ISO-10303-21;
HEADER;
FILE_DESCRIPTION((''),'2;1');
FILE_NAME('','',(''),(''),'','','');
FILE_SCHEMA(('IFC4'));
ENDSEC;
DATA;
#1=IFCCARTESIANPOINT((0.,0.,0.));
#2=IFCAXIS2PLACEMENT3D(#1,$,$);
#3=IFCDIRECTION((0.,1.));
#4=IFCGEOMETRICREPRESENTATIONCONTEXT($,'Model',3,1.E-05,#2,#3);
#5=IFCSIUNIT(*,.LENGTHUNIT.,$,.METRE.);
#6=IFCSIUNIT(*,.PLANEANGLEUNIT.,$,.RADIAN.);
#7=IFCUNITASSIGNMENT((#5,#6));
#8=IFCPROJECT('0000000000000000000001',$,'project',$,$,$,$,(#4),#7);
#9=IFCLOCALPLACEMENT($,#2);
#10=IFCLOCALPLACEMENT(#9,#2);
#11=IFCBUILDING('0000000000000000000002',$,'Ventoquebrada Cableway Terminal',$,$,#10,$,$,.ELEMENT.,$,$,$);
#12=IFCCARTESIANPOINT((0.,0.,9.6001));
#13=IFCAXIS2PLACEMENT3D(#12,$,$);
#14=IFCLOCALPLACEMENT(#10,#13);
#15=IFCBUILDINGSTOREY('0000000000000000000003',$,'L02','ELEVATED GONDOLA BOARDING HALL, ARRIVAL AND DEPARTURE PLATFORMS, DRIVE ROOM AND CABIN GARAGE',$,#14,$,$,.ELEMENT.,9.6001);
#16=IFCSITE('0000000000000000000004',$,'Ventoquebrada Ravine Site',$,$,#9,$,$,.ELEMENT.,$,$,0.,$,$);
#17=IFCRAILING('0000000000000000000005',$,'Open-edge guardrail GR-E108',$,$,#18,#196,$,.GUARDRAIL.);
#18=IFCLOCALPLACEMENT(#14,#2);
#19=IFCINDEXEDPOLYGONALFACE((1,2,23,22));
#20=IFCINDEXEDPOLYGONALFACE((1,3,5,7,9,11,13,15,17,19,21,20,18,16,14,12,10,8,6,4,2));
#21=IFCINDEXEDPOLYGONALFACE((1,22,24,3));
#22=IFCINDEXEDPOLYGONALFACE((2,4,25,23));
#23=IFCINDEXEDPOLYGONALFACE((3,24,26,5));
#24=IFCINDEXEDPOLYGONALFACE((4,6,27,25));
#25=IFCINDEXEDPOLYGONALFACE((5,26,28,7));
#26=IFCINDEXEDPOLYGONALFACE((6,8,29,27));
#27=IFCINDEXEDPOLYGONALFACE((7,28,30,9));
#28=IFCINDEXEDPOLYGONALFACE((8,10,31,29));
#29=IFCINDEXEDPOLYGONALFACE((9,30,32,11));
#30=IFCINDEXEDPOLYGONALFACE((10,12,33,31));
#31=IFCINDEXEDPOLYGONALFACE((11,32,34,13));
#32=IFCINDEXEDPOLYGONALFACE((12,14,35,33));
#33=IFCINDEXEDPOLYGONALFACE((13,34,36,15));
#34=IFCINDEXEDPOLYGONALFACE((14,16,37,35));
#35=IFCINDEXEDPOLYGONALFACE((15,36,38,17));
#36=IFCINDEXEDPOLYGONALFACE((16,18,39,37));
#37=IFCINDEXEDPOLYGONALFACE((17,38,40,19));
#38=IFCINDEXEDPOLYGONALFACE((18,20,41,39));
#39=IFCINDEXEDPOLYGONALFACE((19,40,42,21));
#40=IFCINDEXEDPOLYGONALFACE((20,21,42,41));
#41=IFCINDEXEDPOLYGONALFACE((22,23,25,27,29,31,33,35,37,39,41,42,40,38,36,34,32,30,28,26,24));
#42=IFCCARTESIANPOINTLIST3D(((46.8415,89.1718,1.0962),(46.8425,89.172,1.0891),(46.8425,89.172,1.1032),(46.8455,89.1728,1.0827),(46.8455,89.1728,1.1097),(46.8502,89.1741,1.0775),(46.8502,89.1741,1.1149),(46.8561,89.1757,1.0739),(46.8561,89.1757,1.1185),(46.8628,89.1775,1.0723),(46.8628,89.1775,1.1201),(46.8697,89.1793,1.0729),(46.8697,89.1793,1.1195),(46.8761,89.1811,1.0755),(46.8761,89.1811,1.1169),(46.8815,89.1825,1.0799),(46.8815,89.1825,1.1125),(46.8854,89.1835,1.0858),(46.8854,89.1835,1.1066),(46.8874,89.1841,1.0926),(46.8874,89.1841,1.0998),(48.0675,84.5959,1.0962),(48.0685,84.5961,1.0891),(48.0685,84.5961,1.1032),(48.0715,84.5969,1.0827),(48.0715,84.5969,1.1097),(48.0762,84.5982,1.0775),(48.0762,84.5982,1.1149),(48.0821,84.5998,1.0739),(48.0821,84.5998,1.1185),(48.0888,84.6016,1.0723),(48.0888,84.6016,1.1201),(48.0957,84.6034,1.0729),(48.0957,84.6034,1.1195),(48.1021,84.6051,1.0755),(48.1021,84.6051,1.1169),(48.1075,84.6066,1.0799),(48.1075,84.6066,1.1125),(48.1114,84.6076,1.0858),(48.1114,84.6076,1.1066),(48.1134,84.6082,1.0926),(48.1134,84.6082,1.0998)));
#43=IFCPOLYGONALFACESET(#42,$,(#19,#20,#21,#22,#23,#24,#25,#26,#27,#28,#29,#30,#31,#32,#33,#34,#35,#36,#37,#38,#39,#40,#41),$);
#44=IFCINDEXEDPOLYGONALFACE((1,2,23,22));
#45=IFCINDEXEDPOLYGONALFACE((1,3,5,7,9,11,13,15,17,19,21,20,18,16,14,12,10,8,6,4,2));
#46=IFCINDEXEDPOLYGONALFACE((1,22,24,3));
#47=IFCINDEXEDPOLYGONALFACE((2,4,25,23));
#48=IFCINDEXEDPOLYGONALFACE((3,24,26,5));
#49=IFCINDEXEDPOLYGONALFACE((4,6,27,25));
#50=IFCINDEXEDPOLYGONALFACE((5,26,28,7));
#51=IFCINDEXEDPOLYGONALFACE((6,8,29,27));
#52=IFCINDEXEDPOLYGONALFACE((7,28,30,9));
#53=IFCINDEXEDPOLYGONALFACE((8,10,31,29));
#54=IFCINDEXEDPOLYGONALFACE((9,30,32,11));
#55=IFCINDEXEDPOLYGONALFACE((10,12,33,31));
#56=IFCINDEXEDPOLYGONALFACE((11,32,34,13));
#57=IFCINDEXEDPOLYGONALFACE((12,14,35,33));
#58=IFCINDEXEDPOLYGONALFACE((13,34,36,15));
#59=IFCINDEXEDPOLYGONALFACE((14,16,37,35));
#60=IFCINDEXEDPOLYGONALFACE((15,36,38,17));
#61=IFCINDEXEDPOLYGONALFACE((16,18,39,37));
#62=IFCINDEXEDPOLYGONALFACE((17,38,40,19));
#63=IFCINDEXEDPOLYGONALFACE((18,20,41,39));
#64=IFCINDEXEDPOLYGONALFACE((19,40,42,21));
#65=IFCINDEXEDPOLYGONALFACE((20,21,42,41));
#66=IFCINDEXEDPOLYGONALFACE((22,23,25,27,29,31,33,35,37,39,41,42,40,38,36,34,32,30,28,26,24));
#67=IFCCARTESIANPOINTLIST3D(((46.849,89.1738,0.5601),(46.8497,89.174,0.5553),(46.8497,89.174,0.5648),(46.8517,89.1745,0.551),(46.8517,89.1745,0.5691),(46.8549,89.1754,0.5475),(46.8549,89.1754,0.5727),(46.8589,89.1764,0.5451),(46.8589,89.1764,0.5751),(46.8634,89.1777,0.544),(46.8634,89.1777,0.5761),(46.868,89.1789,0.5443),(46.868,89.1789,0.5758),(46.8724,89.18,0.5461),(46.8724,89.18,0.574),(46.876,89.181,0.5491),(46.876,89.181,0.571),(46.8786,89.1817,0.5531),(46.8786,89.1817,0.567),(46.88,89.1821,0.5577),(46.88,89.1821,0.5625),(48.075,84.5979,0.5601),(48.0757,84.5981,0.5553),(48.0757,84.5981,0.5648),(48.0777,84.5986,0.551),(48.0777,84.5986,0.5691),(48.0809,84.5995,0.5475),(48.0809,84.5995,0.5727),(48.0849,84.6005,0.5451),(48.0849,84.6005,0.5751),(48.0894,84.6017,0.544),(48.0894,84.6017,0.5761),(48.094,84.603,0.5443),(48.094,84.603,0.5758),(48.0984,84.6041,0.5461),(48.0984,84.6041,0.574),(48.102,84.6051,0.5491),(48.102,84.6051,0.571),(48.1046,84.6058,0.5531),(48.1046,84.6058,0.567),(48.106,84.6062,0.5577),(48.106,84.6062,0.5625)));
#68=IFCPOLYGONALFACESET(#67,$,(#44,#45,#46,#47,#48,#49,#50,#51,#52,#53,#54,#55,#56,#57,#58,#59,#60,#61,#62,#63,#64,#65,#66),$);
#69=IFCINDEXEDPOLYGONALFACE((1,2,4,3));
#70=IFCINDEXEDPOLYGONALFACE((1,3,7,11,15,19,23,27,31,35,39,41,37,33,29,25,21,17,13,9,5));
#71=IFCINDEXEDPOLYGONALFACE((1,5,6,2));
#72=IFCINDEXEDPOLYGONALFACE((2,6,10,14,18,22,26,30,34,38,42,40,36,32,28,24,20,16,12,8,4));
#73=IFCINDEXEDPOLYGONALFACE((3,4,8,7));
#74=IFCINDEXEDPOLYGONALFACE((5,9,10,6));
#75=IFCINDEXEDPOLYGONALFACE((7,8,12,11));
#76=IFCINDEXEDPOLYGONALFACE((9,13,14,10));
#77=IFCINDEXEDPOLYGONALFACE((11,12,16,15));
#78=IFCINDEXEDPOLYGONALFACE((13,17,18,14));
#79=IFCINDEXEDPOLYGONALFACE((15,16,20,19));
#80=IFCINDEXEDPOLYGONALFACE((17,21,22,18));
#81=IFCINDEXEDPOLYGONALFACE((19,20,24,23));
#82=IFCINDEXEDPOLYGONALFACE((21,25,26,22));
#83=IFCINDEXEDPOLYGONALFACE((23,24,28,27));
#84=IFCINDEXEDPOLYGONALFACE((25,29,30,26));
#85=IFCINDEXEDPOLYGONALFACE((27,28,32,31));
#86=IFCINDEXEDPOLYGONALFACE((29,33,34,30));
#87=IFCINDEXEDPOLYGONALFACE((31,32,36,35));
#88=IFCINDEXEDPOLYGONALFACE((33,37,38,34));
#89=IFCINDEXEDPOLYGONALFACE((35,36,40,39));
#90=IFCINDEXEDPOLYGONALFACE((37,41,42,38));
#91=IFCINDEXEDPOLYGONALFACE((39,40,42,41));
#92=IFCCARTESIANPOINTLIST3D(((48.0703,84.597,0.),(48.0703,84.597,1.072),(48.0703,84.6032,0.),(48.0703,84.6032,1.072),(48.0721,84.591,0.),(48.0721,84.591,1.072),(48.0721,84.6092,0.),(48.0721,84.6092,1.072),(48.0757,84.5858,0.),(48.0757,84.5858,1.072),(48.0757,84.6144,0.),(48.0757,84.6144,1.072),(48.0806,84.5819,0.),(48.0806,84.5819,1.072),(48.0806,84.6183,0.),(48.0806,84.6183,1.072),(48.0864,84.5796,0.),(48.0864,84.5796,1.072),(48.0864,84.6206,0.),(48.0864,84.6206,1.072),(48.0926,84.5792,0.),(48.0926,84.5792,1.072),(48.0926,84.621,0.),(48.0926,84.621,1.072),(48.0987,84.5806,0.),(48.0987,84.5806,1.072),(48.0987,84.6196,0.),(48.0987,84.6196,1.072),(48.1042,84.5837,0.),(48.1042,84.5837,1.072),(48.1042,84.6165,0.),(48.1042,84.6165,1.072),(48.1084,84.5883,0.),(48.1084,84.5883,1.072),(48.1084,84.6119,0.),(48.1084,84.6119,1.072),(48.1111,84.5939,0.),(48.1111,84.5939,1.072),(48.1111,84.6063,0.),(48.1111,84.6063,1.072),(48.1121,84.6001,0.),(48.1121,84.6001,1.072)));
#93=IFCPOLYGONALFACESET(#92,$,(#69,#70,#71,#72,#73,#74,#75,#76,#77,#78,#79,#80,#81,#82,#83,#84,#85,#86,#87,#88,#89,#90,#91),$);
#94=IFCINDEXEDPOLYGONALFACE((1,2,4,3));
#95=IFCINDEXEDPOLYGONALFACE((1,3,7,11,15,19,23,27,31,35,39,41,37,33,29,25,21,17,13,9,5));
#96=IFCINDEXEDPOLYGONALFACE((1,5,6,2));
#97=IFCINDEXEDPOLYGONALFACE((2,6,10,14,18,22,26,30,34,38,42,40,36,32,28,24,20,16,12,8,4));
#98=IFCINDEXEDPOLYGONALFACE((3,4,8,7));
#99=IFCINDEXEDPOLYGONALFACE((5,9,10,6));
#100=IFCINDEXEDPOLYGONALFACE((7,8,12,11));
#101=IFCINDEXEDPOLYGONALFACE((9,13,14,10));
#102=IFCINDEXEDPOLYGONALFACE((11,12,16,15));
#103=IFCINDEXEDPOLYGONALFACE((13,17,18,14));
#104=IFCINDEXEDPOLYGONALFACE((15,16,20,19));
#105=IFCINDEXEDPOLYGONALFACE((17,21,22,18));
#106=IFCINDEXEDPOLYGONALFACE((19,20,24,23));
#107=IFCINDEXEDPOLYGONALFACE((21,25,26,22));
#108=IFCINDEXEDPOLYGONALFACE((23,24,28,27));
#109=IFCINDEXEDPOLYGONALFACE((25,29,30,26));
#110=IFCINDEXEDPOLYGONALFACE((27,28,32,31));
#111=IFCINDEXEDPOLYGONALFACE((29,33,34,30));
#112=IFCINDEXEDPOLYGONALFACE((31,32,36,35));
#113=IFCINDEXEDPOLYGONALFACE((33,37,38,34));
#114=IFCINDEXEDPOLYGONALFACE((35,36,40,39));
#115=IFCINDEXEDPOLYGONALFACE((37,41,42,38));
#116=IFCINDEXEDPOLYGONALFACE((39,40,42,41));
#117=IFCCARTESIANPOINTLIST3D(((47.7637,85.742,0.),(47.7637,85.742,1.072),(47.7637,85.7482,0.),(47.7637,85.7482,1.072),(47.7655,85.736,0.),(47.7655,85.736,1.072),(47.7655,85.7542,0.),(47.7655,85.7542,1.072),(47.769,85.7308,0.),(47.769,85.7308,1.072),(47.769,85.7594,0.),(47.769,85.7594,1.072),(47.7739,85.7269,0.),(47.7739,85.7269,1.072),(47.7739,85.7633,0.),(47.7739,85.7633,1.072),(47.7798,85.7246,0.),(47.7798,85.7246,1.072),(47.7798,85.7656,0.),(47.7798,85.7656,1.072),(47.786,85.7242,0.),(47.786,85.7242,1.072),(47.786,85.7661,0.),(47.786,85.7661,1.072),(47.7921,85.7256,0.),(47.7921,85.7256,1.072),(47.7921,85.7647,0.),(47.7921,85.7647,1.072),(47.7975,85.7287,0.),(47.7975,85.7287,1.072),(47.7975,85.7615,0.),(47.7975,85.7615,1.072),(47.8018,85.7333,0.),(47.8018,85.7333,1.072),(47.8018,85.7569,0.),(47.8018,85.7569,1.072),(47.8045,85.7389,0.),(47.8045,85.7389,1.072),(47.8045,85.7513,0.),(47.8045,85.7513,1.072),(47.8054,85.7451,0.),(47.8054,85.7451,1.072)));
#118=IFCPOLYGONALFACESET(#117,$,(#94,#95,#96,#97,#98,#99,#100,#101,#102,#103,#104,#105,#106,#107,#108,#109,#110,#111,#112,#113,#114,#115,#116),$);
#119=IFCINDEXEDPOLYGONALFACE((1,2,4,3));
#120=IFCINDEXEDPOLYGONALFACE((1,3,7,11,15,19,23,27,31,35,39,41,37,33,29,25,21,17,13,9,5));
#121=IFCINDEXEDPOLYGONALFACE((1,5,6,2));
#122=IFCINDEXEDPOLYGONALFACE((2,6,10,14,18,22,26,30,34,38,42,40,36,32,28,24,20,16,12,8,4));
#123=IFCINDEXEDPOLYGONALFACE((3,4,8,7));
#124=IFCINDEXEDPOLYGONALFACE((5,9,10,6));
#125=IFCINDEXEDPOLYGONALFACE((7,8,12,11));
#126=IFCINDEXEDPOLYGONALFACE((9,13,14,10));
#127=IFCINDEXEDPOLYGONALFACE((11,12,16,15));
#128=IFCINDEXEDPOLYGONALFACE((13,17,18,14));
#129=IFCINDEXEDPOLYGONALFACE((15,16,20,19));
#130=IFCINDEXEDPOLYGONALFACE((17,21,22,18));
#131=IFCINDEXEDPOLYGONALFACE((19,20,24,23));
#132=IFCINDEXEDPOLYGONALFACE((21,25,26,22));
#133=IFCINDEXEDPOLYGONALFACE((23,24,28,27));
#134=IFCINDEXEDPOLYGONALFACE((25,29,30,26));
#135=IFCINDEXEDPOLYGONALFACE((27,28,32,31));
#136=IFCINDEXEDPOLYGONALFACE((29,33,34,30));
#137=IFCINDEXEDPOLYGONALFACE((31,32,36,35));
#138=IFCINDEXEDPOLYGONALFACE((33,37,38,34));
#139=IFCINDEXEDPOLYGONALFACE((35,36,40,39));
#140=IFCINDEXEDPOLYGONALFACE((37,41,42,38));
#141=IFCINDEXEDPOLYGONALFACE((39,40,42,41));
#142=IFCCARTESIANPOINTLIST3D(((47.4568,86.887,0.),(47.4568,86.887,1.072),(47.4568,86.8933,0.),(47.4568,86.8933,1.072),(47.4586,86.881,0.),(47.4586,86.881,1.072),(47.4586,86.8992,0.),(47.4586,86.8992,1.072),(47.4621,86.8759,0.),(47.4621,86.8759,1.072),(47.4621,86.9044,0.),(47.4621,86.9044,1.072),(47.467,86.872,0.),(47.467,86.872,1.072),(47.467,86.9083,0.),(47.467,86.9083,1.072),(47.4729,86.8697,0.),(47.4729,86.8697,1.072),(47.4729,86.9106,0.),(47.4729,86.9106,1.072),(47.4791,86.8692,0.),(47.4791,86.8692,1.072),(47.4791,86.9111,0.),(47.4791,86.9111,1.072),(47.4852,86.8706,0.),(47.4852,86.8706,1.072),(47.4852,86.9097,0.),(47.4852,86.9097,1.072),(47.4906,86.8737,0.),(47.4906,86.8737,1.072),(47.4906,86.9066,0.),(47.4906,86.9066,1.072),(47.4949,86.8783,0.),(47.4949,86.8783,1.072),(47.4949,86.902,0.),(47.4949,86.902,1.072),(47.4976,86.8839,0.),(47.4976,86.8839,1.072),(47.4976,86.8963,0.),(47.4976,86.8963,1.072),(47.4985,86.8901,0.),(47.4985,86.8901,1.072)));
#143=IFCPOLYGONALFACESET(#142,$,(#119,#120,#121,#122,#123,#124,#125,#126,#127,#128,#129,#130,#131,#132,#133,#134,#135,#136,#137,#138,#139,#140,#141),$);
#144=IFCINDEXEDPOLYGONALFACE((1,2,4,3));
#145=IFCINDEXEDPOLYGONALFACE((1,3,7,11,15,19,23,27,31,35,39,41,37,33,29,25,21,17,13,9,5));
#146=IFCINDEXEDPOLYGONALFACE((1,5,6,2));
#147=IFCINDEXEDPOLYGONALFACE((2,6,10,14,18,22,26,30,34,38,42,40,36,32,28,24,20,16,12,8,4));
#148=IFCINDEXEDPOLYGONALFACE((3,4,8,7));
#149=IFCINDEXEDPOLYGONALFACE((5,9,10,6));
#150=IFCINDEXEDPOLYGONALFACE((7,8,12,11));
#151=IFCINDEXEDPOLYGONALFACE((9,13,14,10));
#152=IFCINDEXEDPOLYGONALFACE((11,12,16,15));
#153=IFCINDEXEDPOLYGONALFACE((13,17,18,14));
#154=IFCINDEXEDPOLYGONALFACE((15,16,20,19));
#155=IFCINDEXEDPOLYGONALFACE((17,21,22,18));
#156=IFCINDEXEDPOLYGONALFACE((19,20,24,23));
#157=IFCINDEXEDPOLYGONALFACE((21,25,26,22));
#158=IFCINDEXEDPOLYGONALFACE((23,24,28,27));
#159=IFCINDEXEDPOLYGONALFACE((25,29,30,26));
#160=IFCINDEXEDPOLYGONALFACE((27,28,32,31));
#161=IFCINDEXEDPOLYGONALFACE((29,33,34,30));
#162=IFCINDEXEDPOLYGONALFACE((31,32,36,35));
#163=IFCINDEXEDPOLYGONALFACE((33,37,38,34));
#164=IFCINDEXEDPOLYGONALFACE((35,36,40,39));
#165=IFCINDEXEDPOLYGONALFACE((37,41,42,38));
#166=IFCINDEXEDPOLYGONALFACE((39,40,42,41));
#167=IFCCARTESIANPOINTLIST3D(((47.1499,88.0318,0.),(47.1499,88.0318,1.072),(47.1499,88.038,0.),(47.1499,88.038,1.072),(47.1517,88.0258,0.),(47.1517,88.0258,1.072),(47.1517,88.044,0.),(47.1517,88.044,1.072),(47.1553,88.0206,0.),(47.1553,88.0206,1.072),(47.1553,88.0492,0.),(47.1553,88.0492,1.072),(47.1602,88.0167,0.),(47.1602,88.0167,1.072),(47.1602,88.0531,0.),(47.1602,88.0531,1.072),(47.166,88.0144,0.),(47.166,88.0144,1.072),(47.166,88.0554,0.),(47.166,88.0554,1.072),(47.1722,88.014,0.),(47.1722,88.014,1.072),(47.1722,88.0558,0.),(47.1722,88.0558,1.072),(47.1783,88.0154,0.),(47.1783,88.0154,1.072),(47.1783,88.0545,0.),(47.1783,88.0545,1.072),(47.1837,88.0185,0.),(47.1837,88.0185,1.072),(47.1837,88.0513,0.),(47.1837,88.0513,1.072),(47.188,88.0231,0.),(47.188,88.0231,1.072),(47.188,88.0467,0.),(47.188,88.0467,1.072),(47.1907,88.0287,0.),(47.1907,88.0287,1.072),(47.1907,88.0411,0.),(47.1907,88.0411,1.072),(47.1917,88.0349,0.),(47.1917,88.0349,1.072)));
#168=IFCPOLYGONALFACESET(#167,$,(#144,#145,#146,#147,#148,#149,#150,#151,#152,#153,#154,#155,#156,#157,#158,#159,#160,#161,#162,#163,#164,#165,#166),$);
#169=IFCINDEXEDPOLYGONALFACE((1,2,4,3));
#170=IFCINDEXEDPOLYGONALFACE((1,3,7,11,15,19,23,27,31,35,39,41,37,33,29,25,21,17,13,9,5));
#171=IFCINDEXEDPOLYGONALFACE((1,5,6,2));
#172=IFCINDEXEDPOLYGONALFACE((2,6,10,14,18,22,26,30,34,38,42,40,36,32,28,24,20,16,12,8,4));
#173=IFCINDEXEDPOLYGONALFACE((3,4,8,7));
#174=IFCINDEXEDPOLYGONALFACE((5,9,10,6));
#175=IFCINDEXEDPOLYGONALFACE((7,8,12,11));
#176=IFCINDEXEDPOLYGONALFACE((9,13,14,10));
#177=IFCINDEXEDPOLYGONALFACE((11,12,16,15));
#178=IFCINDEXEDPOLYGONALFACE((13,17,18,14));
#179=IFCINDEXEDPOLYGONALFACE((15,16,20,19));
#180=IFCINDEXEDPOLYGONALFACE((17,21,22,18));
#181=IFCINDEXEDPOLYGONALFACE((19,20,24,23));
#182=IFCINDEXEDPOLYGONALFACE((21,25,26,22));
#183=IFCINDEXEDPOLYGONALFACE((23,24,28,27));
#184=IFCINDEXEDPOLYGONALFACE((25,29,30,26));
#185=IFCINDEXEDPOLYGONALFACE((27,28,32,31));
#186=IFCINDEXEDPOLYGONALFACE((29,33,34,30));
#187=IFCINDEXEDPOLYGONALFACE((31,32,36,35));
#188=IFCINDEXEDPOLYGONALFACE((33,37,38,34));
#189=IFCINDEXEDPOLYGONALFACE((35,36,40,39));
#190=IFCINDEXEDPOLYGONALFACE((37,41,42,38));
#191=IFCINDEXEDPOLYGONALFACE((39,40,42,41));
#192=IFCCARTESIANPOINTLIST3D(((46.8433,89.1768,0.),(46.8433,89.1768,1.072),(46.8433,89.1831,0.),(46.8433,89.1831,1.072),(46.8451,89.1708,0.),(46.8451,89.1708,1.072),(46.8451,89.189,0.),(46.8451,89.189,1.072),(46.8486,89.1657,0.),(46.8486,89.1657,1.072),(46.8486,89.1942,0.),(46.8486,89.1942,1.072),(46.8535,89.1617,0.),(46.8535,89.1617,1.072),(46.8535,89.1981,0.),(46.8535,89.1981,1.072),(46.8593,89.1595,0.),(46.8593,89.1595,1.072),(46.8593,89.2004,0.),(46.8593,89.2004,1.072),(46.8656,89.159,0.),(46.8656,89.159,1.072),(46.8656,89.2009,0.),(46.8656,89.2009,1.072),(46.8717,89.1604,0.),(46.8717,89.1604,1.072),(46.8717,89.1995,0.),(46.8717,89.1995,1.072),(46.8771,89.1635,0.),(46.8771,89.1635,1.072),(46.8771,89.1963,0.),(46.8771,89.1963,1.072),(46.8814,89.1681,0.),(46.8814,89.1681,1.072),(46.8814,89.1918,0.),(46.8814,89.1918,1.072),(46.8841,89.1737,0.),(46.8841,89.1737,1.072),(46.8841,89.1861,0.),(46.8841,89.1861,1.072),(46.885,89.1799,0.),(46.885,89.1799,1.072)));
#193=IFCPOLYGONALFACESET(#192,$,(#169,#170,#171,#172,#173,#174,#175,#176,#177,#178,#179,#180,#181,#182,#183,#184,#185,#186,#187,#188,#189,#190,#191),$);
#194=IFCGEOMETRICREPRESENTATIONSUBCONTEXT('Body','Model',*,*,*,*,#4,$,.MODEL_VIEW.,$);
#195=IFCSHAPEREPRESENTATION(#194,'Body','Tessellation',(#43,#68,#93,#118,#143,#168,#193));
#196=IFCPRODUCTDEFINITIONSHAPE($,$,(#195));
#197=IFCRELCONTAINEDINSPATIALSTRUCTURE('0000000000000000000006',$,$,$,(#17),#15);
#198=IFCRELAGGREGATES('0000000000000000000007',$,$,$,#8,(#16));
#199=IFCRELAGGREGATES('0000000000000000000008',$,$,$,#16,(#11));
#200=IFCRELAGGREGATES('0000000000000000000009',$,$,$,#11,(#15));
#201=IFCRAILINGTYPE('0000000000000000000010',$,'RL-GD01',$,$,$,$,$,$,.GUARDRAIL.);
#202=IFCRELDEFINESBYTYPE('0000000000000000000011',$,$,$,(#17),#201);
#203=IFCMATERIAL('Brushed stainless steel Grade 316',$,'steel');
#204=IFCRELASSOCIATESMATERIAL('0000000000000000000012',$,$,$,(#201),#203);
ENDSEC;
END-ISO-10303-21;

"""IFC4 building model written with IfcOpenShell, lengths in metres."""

from ifc_helpers import new_model, si_unit, direction, frame, origin, origin_2d, place, context, subcontext, project, spatial, circle, extrude, material, type_object, element, save


model = new_model("IFC4")

# Units and contexts
model_context = context("Model", 3, precision=1e-05, world=origin(), true_north=direction((0.0, 1.0)))
body_context = subcontext(model_context, "Body", "Model", "MODEL_VIEW")
ifc_project = project(units=[si_unit("LENGTHUNIT", "METRE"), si_unit("PLANEANGLEUNIT", "RADIAN")], contexts=[model_context])

# Site, building, storey
site_placement = place(None, origin())
site = spatial("IfcSite", under=ifc_project, at=site_placement, Name="Ventoquebrada Ravine Site", CompositionType="ELEMENT", RefElevation=0.0)
building_placement = place(site_placement, origin())
building = spatial("IfcBuilding", under=site, at=building_placement, Name="Ventoquebrada Cableway Terminal", CompositionType="ELEMENT")
storey_placement = place(building_placement, frame((0.0, 0.0, 9.6001)))
storey = spatial("IfcBuildingStorey", under=building, at=storey_placement, Name="L02", Description="ELEVATED GONDOLA BOARDING HALL, ARRIVAL AND DEPARTURE PLATFORMS, DRIVE ROOM AND CABIN GARAGE", CompositionType="ELEMENT", Elevation=9.6001)

# Railing
ifc_material_1 = material(Name="Brushed stainless steel Grade 316", Category="steel")
railing_type = type_object("IfcRailingType", Name="RL-GD01", PredefinedType="GUARDRAIL", material=ifc_material_1)
railing_placement = place(storey_placement, frame((48.0911, 84.6001, 0.0)))
element("IfcRailing", 1, at=railing_placement, inside=storey, type_object=railing_type, Name="Open-edge guardrail GR-E108", PredefinedType="GUARDRAIL", context=body_context, shape_type="SweptSolid", body=[
    extrude(circle(Radius=0.0239, at=origin_2d()), frame((-0.0005, 0.002, 1.0962), z_axis=(-0.258797, 0.965932, 0.0), x_axis=(-0.965932, -0.258797, 0.0)), (0.0, 0.0, 1.0), 4.7373),
    extrude(circle(Radius=0.0161, at=origin_2d()), frame((-0.0005, 0.002, 0.5601), z_axis=(-0.258797, 0.965932, 0.0), x_axis=(-0.965932, -0.258797, 0.0)), (0.0, 0.0, 1.0), 4.7373),
    extrude(circle(Radius=0.021, at=origin_2d()), origin(), (0.0, 0.0, 1.0), 1.072),
    extrude(circle(Radius=0.021, at=origin_2d()), frame((-0.3066, 1.145, 0.0)), (0.0, 0.0, 1.0), 1.072),
    extrude(circle(Radius=0.021, at=origin_2d()), frame((-0.6135, 2.29, 0.0)), (0.0, 0.0, 1.0), 1.072),
    extrude(circle(Radius=0.021, at=origin_2d()), frame((-0.9204, 3.4348, 0.0)), (0.0, 0.0, 1.0), 1.072),
    extrude(circle(Radius=0.021, at=origin_2d()), frame((-1.2271, 4.5798, 0.0)), (0.0, 0.0, 1.0), 1.072),
])

save(model, "model.ifc")
